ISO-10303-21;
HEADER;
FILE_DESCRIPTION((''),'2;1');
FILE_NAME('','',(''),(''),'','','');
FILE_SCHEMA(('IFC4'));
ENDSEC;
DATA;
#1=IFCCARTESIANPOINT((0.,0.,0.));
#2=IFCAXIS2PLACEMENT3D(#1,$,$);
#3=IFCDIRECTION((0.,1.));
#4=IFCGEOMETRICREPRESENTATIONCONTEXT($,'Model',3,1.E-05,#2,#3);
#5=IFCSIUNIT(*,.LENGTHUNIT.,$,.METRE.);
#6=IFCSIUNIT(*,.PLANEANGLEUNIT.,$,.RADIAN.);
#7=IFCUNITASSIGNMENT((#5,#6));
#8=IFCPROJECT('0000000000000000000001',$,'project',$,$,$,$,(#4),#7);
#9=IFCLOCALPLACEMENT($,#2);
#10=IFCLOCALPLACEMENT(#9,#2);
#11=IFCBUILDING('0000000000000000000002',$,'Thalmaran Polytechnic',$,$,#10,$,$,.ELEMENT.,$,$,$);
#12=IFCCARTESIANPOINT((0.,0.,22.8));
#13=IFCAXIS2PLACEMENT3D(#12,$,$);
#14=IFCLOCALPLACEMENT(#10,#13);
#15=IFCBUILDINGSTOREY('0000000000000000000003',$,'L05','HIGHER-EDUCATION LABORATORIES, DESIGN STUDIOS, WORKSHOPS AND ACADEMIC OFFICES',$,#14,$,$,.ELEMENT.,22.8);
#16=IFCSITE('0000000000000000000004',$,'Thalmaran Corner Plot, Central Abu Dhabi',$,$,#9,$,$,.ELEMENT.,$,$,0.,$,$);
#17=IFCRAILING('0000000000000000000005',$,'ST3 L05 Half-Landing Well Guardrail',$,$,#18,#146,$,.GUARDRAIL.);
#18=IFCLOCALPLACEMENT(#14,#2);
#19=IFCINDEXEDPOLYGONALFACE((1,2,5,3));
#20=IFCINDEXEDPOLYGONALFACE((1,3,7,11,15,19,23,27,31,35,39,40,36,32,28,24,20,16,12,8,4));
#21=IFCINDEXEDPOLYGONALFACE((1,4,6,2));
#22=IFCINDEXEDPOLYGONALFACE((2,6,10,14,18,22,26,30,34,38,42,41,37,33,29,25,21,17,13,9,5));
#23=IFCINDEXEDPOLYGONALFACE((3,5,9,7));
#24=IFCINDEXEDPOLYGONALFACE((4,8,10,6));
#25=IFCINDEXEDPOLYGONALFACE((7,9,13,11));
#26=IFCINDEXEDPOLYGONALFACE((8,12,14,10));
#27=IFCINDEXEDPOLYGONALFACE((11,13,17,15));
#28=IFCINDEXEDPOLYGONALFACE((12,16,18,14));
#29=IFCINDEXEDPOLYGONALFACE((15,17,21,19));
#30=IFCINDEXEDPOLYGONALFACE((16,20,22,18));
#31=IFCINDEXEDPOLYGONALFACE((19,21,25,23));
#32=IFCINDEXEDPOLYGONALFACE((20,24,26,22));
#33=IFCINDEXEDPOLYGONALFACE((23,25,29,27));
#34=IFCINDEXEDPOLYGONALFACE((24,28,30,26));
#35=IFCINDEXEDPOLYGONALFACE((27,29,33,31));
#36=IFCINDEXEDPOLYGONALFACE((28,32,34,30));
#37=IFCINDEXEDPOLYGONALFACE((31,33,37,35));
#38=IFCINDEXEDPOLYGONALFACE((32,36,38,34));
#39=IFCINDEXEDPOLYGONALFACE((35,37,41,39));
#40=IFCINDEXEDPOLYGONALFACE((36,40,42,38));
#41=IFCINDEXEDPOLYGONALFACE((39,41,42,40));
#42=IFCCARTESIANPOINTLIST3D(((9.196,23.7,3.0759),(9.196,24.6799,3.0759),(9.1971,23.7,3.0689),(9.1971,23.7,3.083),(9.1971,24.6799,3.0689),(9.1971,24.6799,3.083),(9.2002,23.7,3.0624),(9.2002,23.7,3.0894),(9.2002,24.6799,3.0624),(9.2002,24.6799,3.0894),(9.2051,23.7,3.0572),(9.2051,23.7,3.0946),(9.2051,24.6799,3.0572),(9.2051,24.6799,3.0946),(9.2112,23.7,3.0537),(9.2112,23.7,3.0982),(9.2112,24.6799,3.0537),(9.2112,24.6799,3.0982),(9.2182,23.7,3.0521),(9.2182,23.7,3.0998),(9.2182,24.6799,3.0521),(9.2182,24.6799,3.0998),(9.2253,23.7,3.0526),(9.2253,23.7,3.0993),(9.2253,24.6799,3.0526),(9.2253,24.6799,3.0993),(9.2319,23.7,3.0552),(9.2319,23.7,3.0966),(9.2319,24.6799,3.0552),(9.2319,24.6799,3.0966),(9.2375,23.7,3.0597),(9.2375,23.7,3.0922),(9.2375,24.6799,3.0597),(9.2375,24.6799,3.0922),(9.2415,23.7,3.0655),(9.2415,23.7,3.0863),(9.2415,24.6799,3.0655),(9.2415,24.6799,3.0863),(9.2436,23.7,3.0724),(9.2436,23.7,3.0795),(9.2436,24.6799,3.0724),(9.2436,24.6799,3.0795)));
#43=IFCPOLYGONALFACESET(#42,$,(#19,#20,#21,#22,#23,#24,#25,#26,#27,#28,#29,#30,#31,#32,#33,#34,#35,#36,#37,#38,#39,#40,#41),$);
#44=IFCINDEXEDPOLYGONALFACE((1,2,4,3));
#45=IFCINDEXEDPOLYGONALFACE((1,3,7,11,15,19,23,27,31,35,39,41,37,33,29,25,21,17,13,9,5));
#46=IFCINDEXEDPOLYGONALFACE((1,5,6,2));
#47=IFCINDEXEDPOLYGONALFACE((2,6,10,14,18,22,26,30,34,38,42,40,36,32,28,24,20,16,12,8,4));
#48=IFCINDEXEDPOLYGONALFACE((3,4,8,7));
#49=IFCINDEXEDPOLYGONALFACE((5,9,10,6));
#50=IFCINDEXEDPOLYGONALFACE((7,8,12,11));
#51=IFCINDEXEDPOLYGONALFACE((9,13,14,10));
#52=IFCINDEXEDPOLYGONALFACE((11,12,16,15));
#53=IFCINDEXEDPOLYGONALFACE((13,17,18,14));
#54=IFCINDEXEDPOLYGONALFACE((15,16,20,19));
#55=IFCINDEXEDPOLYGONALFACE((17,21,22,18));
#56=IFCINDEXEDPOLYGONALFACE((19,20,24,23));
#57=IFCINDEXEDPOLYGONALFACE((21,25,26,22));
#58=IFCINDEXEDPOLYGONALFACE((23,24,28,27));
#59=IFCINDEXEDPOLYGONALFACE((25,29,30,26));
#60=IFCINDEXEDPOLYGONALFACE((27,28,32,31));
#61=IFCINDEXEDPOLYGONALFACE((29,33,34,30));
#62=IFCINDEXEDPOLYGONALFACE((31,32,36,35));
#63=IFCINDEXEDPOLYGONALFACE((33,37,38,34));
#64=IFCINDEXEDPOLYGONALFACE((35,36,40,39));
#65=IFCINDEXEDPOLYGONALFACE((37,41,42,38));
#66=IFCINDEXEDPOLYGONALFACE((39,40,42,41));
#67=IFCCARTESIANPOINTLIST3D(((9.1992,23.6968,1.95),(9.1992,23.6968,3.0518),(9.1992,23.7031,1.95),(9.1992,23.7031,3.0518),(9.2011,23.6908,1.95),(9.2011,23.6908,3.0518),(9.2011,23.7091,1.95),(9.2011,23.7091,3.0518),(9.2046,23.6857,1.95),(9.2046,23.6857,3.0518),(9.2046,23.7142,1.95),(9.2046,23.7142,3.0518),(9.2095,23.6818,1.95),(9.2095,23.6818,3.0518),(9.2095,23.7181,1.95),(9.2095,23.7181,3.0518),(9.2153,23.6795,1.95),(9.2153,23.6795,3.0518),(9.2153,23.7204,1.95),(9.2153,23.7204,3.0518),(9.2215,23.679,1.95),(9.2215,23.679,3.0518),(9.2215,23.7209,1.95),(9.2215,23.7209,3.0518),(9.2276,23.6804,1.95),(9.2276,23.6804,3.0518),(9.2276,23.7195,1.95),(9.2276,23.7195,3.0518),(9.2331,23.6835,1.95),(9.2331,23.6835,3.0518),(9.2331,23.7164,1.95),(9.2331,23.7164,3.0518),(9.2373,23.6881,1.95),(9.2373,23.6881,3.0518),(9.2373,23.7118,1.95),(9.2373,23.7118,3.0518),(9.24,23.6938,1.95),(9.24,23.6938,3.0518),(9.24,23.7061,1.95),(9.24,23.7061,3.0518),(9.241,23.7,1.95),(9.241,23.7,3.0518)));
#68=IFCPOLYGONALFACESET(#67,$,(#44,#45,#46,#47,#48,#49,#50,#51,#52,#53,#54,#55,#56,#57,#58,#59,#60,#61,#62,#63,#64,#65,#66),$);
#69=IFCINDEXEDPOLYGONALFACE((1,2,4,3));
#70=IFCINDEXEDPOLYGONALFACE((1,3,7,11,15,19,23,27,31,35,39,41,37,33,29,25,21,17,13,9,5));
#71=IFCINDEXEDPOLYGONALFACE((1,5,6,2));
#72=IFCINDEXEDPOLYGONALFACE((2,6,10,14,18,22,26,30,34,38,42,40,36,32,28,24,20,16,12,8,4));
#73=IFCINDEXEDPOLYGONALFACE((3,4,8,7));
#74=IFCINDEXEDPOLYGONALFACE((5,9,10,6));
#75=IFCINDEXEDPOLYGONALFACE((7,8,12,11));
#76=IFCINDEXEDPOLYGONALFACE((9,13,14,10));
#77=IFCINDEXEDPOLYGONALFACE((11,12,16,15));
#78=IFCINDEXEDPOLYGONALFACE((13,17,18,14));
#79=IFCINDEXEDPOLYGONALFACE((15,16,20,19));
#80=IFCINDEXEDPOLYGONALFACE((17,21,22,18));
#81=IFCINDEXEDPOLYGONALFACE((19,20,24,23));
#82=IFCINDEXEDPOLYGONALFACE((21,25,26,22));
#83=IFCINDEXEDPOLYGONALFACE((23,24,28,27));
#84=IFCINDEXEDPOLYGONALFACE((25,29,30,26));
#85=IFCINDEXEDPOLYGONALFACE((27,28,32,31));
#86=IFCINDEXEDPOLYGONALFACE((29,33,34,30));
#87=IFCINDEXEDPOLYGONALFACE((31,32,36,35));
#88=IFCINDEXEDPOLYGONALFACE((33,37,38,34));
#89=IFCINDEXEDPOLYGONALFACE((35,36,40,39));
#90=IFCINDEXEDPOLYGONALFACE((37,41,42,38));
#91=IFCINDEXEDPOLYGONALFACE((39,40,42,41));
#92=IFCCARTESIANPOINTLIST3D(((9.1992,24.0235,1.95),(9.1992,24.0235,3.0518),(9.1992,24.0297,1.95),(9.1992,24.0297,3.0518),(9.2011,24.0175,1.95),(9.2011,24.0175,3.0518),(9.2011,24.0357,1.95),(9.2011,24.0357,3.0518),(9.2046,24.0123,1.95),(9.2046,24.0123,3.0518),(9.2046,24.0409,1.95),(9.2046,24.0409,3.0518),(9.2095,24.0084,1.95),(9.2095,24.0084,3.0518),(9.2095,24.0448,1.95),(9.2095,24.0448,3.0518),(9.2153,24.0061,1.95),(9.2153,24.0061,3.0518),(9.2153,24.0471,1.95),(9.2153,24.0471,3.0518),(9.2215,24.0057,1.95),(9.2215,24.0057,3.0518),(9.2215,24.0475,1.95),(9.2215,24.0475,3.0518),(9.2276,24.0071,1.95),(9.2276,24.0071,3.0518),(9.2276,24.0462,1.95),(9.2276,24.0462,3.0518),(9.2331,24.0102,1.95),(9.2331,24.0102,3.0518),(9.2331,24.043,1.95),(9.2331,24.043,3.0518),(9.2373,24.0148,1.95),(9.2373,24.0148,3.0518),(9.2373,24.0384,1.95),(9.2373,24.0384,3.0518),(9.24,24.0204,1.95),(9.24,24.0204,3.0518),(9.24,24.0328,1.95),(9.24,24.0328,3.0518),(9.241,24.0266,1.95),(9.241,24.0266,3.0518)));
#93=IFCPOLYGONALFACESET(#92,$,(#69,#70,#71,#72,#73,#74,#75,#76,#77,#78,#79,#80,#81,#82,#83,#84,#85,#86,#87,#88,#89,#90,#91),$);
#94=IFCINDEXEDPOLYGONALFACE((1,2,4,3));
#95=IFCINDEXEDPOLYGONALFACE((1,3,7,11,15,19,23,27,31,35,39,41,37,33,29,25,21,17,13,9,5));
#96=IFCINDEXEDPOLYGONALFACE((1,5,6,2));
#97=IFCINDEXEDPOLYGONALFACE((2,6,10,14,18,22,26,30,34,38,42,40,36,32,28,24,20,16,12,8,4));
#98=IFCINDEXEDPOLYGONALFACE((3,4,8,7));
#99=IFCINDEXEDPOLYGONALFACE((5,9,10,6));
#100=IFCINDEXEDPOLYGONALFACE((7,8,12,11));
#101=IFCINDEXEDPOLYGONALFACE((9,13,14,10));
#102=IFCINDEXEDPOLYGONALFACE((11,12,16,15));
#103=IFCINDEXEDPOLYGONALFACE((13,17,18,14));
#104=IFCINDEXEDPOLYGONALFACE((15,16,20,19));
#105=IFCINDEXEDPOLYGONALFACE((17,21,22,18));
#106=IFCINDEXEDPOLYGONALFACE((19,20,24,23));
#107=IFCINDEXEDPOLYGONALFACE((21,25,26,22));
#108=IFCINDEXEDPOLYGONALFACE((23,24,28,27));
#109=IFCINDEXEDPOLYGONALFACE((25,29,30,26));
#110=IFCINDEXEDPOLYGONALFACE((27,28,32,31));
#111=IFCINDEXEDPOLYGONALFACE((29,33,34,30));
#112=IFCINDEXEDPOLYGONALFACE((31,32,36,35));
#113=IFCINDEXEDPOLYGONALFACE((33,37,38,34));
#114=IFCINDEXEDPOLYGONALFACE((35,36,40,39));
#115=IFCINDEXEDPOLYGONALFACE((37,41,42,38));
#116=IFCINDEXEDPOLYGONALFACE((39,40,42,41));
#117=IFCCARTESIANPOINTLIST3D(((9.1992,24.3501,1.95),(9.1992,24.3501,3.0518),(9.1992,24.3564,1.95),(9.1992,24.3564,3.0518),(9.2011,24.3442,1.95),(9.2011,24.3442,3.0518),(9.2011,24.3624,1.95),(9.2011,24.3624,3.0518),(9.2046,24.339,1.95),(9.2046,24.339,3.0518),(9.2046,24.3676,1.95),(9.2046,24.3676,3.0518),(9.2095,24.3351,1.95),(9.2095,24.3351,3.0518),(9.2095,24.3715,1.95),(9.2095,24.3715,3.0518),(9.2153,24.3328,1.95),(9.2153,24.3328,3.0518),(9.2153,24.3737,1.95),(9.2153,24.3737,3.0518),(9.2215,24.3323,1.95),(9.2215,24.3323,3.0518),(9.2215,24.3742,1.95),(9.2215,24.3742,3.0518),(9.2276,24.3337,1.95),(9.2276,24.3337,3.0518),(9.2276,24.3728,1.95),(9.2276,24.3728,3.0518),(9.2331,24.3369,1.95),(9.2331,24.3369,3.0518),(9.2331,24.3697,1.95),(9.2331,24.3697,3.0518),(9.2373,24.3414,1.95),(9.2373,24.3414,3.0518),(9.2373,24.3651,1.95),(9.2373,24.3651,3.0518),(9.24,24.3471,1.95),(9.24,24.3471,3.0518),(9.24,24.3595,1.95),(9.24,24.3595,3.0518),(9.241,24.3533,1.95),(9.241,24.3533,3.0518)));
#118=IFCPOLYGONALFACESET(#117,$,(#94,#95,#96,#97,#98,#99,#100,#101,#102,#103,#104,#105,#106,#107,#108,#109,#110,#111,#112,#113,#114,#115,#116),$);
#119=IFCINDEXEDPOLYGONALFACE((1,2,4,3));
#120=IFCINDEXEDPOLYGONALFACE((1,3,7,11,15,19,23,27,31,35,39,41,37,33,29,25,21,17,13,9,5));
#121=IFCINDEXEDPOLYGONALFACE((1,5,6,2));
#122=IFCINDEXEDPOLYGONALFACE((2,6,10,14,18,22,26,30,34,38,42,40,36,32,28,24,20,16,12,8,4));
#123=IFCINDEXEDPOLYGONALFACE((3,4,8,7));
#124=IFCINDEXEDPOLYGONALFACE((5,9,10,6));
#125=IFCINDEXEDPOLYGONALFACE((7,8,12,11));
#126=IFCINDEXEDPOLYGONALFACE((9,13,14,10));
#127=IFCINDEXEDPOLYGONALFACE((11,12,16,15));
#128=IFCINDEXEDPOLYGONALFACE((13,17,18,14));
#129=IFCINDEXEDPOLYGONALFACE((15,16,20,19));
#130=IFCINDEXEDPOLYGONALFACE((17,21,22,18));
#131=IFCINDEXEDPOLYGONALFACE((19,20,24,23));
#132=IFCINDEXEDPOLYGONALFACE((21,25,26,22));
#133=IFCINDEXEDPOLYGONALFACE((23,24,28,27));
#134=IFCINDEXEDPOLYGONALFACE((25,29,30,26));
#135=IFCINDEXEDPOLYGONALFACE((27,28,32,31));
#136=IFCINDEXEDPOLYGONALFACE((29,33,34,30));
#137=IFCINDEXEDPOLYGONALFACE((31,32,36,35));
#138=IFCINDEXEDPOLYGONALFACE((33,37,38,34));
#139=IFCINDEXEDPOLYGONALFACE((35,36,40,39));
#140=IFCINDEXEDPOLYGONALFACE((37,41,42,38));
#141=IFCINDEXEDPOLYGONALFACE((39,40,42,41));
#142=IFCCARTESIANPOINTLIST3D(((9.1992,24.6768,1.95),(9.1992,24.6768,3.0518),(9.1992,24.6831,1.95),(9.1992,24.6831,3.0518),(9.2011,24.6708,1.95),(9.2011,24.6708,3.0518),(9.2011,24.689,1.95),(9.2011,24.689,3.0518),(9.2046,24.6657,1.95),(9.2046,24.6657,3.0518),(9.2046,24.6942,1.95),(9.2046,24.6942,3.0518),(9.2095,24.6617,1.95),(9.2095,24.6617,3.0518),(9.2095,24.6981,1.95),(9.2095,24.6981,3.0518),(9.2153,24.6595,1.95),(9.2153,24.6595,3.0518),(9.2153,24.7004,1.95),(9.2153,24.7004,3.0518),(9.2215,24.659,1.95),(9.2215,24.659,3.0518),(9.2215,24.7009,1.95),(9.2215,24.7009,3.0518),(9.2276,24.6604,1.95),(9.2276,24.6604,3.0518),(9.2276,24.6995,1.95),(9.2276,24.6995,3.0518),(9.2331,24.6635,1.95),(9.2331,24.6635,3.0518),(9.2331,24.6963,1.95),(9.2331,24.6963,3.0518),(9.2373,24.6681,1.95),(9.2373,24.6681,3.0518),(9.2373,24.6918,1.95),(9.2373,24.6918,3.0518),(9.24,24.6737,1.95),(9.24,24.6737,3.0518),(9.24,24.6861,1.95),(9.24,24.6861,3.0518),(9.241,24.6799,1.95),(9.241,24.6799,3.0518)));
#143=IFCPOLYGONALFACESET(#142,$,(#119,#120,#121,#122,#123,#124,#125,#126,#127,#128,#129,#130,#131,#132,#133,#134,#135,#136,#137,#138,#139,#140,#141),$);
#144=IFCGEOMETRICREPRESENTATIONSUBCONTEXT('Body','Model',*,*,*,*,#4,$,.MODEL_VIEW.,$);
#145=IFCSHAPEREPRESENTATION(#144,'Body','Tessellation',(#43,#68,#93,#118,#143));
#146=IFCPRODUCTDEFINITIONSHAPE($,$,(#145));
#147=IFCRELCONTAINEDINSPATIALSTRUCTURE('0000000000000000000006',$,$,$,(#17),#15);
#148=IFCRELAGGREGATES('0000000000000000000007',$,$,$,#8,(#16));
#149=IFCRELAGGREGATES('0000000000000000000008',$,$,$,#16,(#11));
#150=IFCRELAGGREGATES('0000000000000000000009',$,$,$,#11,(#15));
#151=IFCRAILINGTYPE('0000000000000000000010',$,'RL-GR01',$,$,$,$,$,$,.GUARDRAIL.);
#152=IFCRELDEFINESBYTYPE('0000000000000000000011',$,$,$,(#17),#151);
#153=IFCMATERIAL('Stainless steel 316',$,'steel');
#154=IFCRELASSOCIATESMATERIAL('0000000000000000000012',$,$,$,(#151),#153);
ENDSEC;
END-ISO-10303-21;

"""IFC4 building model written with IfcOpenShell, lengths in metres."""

from ifc_helpers import new_model, si_unit, direction, frame, origin, origin_2d, place, context, subcontext, project, spatial, circle, extrude, material, type_object, element, save


model = new_model("IFC4")

# Units and contexts
model_context = context("Model", 3, precision=1e-05, world=origin(), true_north=direction((0.0, 1.0)))
body_context = subcontext(model_context, "Body", "Model", "MODEL_VIEW")
ifc_project = project(units=[si_unit("LENGTHUNIT", "METRE"), si_unit("PLANEANGLEUNIT", "RADIAN")], contexts=[model_context])

# Site, building, storey
site_placement = place(None, origin())
site = spatial("IfcSite", under=ifc_project, at=site_placement, Name="Thalmaran Corner Plot, Central Abu Dhabi", CompositionType="ELEMENT", RefElevation=0.0)
building_placement = place(site_placement, origin())
building = spatial("IfcBuilding", under=site, at=building_placement, Name="Thalmaran Polytechnic", CompositionType="ELEMENT")
storey_placement = place(building_placement, frame((0.0, 0.0, 22.8)))
storey = spatial("IfcBuildingStorey", under=building, at=storey_placement, Name="L05", Description="HIGHER-EDUCATION LABORATORIES, DESIGN STUDIOS, WORKSHOPS AND ACADEMIC OFFICES", CompositionType="ELEMENT", Elevation=22.8)

# Railing
ifc_material_1 = material(Name="Stainless steel 316", Category="steel")
railing_type_1 = type_object("IfcRailingType", Name="RL-GR01", PredefinedType="GUARDRAIL", material=ifc_material_1)
railing_1_placement = place(storey_placement, frame((9.22, 23.7, 1.95)))
element("IfcRailing", 1, at=railing_1_placement, inside=storey, type_object=railing_type_1, Name="ST3 L05 Half-Landing Well Guardrail", PredefinedType="GUARDRAIL", context=body_context, shape_type="SweptSolid", body=[
    extrude(circle(Radius=0.0239, at=origin_2d()), frame((0.0, 0.0, 1.126), z_axis=(0.0, 1.0, 0.0), x_axis=(-1.0, 0.0, 0.0)), (0.0, 0.0, 1.0), 0.98),
    extrude(circle(Radius=0.021, at=origin_2d()), origin(), (0.0, 0.0, 1.0), 1.1018),
    extrude(circle(Radius=0.021, at=origin_2d()), frame((0.0, 0.3267, 0.0)), (0.0, 0.0, 1.0), 1.1018),
    extrude(circle(Radius=0.021, at=origin_2d()), frame((0.0, 0.6533, 0.0)), (0.0, 0.0, 1.0), 1.1018),
    extrude(circle(Radius=0.021, at=origin_2d()), frame((0.0, 0.98, 0.0)), (0.0, 0.0, 1.0), 1.1018),
])

save(model, "model.ifc")
